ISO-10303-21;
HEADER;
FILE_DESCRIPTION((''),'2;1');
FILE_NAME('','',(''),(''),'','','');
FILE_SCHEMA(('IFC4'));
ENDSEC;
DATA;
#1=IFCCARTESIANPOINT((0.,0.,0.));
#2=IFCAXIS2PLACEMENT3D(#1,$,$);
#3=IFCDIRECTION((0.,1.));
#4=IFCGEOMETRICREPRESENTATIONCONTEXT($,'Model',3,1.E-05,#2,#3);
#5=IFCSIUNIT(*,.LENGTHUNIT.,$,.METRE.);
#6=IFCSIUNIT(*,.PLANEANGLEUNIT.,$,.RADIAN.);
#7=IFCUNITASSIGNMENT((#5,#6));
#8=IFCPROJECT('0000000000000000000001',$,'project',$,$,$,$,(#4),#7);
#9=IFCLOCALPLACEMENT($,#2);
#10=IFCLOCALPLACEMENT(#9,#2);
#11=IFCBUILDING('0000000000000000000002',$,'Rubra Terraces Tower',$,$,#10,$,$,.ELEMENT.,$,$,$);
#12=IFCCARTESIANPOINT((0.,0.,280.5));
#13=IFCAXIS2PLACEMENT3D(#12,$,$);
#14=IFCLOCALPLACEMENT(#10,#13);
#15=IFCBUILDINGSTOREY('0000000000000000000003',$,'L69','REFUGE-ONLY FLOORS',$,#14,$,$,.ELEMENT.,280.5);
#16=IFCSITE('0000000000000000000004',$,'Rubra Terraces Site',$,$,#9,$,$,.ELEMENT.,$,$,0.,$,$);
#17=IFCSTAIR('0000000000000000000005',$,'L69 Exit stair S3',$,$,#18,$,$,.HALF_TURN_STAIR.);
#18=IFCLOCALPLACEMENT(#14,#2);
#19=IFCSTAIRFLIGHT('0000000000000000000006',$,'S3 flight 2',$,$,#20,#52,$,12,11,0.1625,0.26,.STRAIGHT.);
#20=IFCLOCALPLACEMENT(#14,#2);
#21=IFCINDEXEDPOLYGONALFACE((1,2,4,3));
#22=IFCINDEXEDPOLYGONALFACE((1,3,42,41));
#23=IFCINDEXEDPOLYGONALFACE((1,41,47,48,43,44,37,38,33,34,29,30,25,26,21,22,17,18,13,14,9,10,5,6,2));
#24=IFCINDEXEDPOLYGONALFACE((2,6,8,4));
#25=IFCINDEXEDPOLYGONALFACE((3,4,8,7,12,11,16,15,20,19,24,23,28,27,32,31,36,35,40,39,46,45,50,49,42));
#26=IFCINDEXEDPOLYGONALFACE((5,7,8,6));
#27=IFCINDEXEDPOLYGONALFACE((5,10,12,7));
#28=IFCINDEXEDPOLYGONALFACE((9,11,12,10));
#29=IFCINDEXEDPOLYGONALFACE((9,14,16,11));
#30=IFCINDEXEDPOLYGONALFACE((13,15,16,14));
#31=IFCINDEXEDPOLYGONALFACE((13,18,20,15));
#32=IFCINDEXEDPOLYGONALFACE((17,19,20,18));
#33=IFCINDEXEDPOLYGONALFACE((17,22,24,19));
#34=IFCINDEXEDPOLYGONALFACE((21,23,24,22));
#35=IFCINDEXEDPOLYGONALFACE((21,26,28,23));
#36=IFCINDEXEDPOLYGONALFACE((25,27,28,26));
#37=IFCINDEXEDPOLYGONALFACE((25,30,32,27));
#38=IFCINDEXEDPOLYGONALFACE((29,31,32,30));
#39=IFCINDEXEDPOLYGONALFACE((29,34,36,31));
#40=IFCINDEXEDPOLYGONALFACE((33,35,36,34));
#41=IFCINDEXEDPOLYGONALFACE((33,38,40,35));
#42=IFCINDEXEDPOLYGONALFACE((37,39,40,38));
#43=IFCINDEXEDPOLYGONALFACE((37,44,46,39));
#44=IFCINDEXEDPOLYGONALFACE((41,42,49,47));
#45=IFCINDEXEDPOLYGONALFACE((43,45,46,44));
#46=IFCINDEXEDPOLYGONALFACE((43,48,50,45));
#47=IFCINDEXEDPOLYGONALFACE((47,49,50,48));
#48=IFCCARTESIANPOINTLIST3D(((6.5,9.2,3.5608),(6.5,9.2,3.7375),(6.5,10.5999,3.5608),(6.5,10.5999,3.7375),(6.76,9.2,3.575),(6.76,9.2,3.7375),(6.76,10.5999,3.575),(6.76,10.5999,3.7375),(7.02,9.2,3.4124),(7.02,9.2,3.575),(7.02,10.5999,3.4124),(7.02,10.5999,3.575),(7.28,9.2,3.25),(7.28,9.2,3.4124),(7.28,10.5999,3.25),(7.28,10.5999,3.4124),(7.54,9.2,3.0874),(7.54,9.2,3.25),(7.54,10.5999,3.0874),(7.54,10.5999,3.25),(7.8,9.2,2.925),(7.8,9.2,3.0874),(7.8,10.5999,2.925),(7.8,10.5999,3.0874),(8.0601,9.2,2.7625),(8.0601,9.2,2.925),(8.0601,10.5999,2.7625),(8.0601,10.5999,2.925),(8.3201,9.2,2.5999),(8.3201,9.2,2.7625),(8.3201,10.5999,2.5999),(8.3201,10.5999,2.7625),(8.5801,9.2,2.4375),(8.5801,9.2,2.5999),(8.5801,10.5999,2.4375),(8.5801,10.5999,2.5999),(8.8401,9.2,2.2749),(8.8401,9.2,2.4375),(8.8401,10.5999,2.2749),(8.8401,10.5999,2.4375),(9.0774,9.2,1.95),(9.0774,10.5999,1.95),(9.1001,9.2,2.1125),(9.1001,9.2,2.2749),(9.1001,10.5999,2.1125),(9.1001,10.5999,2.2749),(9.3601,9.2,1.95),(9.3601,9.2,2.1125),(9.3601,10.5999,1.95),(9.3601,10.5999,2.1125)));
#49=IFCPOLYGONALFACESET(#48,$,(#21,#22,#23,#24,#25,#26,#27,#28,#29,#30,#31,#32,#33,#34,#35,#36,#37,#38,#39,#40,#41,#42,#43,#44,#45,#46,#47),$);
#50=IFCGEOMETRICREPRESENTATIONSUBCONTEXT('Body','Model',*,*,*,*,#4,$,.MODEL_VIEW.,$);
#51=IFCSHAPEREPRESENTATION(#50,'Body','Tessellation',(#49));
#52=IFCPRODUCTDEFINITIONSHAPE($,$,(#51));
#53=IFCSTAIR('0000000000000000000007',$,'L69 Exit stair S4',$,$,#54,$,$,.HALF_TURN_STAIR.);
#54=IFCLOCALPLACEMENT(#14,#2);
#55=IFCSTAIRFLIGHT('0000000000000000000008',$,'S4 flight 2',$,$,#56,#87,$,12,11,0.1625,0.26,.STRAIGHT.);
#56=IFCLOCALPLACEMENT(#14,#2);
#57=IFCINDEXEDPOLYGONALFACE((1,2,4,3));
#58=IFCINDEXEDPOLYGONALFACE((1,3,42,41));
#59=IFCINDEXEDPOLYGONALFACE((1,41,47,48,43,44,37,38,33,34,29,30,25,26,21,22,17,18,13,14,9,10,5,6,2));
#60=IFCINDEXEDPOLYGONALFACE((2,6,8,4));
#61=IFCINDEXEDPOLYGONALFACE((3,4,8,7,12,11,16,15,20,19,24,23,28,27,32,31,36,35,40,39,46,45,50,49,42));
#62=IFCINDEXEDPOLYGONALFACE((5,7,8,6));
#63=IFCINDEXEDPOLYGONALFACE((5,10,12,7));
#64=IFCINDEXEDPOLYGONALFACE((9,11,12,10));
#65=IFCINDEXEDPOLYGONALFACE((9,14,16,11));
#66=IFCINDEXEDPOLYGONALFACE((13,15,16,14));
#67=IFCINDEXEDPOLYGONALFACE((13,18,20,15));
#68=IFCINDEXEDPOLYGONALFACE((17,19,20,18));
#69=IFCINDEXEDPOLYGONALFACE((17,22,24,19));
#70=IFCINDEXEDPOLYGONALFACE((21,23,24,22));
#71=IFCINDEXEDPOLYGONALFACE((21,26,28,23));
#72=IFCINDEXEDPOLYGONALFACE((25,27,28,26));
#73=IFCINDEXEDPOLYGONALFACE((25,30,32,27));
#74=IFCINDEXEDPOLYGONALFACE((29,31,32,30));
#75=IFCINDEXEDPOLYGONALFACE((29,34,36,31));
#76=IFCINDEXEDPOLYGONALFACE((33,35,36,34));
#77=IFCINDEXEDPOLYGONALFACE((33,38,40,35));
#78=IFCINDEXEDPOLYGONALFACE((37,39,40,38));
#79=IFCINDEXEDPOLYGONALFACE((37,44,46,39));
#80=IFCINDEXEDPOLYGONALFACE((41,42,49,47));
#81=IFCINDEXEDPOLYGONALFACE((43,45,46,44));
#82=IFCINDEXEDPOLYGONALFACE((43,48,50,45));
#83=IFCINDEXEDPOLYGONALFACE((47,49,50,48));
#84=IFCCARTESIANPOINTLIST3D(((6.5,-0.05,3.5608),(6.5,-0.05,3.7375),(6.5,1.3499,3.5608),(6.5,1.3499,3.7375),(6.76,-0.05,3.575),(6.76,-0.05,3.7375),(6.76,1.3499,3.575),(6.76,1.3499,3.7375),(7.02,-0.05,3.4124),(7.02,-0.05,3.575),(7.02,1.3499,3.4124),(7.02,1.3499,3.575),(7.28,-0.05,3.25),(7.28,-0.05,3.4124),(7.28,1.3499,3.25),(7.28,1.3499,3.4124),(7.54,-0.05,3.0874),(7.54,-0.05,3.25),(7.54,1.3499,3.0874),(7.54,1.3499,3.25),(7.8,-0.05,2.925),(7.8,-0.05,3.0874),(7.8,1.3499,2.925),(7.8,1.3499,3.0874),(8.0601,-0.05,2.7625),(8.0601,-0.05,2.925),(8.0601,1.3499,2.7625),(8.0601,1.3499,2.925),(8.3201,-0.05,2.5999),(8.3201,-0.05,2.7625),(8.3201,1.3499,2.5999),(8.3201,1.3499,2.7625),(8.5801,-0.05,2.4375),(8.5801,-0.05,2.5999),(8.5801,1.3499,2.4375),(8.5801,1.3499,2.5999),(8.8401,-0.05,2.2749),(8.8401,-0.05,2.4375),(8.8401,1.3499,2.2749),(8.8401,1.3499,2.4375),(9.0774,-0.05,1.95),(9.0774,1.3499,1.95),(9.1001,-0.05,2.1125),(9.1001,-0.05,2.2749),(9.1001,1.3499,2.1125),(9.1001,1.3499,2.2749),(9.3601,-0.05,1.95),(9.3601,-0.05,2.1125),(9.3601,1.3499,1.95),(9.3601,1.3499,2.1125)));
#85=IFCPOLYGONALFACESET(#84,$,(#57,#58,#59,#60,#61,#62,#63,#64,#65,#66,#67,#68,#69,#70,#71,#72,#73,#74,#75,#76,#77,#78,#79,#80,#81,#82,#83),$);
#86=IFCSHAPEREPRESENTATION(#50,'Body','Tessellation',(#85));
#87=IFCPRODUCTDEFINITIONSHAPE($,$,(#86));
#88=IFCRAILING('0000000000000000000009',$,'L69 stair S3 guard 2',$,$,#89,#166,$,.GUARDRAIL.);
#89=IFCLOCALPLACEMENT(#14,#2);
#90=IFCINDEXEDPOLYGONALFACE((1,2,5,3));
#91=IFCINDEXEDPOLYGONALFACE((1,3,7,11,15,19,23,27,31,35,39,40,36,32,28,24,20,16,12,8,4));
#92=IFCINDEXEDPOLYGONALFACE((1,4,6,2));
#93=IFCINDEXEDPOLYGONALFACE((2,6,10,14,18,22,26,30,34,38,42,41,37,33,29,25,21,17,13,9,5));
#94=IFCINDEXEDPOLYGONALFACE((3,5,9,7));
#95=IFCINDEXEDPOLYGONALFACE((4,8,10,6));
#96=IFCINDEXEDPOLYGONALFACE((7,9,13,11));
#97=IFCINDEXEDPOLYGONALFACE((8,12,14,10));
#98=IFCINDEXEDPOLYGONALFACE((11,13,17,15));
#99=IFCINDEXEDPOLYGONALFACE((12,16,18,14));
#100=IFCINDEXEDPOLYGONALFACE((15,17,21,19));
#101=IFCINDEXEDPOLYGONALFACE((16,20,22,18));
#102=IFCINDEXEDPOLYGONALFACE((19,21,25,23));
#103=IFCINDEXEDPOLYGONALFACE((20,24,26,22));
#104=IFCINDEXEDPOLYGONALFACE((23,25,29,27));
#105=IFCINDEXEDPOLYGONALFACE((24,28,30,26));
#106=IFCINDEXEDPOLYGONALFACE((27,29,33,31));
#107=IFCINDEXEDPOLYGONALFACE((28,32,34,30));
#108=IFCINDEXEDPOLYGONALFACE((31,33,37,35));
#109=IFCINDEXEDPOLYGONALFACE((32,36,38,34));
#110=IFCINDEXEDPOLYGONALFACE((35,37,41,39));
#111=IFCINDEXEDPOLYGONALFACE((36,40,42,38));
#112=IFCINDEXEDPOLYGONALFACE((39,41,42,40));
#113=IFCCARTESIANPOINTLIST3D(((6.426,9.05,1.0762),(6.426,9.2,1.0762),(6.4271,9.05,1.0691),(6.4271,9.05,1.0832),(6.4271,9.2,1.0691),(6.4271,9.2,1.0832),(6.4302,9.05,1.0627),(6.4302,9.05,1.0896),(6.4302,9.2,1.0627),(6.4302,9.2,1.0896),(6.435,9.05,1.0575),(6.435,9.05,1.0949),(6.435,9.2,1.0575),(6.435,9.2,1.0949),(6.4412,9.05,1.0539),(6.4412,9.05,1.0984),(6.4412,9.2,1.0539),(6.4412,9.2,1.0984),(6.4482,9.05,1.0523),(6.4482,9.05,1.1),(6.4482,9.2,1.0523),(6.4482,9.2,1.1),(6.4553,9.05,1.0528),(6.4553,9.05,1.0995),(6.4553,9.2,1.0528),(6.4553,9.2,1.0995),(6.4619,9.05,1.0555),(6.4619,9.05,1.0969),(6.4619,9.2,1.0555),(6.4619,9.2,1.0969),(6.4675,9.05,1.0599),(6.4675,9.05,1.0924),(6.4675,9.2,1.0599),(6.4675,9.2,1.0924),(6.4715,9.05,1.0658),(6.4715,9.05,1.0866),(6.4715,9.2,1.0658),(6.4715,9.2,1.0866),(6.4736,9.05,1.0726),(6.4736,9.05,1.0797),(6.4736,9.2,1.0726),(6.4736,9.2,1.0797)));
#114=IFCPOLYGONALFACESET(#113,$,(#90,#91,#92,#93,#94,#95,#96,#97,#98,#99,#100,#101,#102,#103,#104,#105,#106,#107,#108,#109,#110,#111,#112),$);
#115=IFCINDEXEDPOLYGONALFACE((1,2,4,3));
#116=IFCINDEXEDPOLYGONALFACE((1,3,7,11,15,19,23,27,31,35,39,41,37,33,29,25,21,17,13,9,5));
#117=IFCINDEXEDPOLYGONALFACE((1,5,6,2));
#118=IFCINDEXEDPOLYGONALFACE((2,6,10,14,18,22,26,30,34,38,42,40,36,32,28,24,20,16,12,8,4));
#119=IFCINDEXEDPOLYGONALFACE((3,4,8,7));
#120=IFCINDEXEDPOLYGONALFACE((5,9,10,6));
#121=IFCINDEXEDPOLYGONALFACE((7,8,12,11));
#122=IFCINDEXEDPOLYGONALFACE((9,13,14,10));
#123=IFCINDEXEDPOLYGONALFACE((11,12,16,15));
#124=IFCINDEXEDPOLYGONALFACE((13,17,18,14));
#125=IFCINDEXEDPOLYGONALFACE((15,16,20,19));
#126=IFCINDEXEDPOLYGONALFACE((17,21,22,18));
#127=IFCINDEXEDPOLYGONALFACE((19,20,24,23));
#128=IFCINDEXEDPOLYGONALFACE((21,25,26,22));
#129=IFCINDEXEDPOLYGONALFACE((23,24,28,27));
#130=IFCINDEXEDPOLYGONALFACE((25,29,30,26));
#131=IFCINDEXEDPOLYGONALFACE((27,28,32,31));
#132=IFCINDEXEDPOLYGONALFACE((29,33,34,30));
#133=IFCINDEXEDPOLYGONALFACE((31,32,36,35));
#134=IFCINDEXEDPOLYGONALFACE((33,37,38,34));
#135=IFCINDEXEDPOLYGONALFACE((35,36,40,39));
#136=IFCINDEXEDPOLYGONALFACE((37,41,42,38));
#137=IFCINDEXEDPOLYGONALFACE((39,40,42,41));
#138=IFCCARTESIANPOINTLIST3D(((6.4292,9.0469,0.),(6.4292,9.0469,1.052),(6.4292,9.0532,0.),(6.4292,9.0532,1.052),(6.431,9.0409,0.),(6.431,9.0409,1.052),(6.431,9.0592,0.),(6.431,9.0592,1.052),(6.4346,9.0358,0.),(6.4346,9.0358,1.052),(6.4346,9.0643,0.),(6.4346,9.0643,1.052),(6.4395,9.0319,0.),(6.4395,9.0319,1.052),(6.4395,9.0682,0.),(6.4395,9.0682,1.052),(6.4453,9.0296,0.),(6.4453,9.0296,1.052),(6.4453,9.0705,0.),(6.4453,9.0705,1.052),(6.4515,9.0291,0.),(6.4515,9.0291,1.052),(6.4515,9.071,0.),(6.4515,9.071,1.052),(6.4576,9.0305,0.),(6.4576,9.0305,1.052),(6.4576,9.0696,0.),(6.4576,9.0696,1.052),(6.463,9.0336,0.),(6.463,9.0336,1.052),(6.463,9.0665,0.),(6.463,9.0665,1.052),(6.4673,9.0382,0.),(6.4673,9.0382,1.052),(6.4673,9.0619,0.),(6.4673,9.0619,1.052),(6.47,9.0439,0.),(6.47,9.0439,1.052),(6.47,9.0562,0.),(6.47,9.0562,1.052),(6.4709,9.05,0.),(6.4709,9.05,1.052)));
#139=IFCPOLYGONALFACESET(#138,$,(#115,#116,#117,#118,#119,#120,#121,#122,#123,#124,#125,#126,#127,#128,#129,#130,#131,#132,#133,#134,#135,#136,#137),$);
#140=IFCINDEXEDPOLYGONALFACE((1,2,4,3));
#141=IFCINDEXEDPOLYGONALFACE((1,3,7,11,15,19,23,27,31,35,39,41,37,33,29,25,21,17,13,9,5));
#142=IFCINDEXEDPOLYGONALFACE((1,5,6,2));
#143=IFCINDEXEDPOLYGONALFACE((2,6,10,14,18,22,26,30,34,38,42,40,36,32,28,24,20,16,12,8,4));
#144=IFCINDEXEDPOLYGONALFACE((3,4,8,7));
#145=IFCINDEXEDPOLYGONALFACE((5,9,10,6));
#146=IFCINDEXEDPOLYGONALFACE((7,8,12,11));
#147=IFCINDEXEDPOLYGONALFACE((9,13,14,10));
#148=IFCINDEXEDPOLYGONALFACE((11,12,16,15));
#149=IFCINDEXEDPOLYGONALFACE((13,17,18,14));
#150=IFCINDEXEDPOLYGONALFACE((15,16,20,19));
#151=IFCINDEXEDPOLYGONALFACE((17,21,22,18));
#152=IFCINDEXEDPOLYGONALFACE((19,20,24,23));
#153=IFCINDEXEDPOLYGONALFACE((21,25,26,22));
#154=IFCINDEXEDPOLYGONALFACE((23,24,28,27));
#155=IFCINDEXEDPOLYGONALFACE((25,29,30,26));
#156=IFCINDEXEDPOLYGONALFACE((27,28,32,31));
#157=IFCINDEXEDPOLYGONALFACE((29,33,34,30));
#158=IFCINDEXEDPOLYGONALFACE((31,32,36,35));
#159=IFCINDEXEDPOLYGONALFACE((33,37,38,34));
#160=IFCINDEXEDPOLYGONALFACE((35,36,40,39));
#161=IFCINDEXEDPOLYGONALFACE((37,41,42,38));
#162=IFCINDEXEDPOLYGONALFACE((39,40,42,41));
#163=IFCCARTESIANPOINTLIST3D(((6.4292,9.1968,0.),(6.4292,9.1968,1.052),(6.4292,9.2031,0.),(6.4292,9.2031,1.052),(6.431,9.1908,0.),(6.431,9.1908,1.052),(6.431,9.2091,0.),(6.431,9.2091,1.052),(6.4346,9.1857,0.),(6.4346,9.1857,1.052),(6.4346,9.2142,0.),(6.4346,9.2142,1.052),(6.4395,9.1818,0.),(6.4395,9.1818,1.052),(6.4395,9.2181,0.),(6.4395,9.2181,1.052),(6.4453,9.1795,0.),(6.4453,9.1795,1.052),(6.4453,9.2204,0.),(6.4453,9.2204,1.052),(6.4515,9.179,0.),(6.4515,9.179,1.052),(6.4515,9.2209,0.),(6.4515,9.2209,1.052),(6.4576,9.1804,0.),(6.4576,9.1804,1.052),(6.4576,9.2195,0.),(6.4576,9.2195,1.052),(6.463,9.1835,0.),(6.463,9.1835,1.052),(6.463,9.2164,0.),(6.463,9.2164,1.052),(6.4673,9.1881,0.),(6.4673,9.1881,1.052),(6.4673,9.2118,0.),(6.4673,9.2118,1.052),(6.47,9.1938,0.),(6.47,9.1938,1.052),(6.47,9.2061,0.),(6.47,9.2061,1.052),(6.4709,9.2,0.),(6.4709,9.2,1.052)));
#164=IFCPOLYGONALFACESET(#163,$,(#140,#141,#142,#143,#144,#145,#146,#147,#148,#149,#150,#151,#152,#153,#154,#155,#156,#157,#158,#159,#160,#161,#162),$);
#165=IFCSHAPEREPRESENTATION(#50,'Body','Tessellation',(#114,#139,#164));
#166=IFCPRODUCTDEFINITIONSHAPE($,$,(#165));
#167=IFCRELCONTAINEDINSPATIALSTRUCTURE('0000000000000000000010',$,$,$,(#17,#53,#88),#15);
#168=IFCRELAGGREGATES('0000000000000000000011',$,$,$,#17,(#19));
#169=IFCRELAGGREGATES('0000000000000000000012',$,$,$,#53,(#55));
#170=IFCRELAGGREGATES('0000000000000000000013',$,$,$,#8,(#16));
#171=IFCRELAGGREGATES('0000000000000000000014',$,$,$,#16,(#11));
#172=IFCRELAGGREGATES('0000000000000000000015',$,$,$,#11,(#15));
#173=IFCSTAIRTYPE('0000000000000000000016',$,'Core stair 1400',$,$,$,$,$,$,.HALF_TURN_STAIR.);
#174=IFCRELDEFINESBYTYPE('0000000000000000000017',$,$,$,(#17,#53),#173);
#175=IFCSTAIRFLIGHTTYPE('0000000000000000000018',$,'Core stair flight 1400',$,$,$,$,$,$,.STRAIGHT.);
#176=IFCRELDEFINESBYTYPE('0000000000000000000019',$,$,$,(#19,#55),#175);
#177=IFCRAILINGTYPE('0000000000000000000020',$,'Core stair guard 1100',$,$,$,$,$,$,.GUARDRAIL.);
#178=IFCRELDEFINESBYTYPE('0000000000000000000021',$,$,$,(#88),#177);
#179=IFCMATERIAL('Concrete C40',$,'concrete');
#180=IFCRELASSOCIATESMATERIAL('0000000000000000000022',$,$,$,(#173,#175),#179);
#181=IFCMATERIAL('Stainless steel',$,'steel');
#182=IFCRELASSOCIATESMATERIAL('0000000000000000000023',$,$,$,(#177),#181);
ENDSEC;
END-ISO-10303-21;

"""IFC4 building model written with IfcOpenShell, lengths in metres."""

from ifc_helpers import new_model, si_unit, direction, frame, origin, origin_2d, place, context, subcontext, project, spatial, polyline, circle, outline, extrude, material, type_object, element, aggregate, save


model = new_model("IFC4")

# Units and contexts
model_context = context("Model", 3, precision=1e-05, world=origin(), true_north=direction((0.0, 1.0)))
body_context = subcontext(model_context, "Body", "Model", "MODEL_VIEW")
ifc_project = project(units=[si_unit("LENGTHUNIT", "METRE"), si_unit("PLANEANGLEUNIT", "RADIAN")], contexts=[model_context])

# Site, building, storey
site_placement = place(None, origin())
site = spatial("IfcSite", under=ifc_project, at=site_placement, Name="Rubra Terraces Site", CompositionType="ELEMENT", RefElevation=0.0)
building_placement = place(site_placement, origin())
building = spatial("IfcBuilding", under=site, at=building_placement, Name="Rubra Terraces Tower", CompositionType="ELEMENT")
storey_placement = place(building_placement, frame((0.0, 0.0, 280.5)))
storey = spatial("IfcBuildingStorey", under=building, at=storey_placement, Name="L69", Description="REFUGE-ONLY FLOORS", CompositionType="ELEMENT", Elevation=280.5)

# Shared definitions
ifc_material_1 = material(Name="Concrete C40", Category="concrete")

# Stair, stair flight
stair_type = type_object("IfcStairType", Name="Core stair 1400", PredefinedType="HALF_TURN_STAIR", material=ifc_material_1)
stair_1_placement = place(storey_placement, origin())
stair_1 = element("IfcStair", 1, at=stair_1_placement, inside=storey, type_object=stair_type, Name="L69 Exit stair S3", PredefinedType="HALF_TURN_STAIR")
stair_flight_type = type_object("IfcStairFlightType", Name="Core stair flight 1400", PredefinedType="STRAIGHT", material=ifc_material_1)
stair_flight_1_placement = place(storey_placement, frame((9.3601, 9.8999, 1.95), z_axis=(0.0, 0.0, 1.0), x_axis=(-1.0, 0.0, 0.0)))
stair_flight_1 = element("IfcStairFlight", 2, at=stair_flight_1_placement, type_object=stair_flight_type, Name="S3 flight 2", NumberOfRisers=12, NumberOfTreads=11, PredefinedType="STRAIGHT", RiserHeight=0.1625, TreadLength=0.26, context=body_context, shape_type="SweptSolid", body=[
    extrude(outline(polyline([(0.0, 0.0), (0.0, 0.1626), (0.26, 0.1626), (0.26, 0.325), (0.52, 0.325), (0.52, 0.4875), (0.78, 0.4875), (0.78, 0.6499), (1.04, 0.6499), (1.04, 0.8125), (1.3, 0.8125), (1.3, 0.9751), (1.5601, 0.9751), (1.5601, 1.1375), (1.8201, 1.1375), (1.8201, 1.3), (2.0801, 1.3), (2.0801, 1.4624), (2.3401, 1.4624), (2.3401, 1.625), (2.6001, 1.625), (2.6001, 1.7876), (2.8601, 1.7876), (2.8601, 1.95), (2.8601, 1.6108), (0.2827, 0.0), (0.0, 0.0)])), frame((0.0, 0.7, 0.0), z_axis=(0.0, -1.0, 0.0), x_axis=(1.0, 0.0, 0.0)), (0.0, 0.0, 1.0), 1.3999),
])
aggregate(stair_1, [stair_flight_1])

# Stair, stair flight
stair_2_placement = place(storey_placement, origin())
stair_2 = element("IfcStair", 3, at=stair_2_placement, inside=storey, type_object=stair_type, Name="L69 Exit stair S4", PredefinedType="HALF_TURN_STAIR")
stair_flight_2_placement = place(storey_placement, frame((9.3601, 0.6499, 1.95), z_axis=(0.0, 0.0, 1.0), x_axis=(-1.0, 0.0, 0.0)))
stair_flight_2 = element("IfcStairFlight", 4, at=stair_flight_2_placement, type_object=stair_flight_type, Name="S4 flight 2", NumberOfRisers=12, NumberOfTreads=11, PredefinedType="STRAIGHT", RiserHeight=0.1625, TreadLength=0.26, context=body_context, shape_type="SweptSolid", body=[
    extrude(outline(polyline([(0.0, 0.0), (0.0, 0.1626), (0.26, 0.1626), (0.26, 0.325), (0.52, 0.325), (0.52, 0.4875), (0.78, 0.4875), (0.78, 0.6499), (1.04, 0.6499), (1.04, 0.8125), (1.3, 0.8125), (1.3, 0.9751), (1.5601, 0.9751), (1.5601, 1.1375), (1.8201, 1.1375), (1.8201, 1.3), (2.0801, 1.3), (2.0801, 1.4624), (2.3401, 1.4624), (2.3401, 1.625), (2.6001, 1.625), (2.6001, 1.7876), (2.8601, 1.7876), (2.8601, 1.95), (2.8601, 1.6108), (0.2827, 0.0), (0.0, 0.0)])), frame((0.0, 0.7, 0.0), z_axis=(0.0, -1.0, 0.0), x_axis=(1.0, 0.0, 0.0)), (0.0, 0.0, 1.0), 1.3999),
])
aggregate(stair_2, [stair_flight_2])

# Railing
ifc_material_2 = material(Name="Stainless steel", Category="steel")
railing_type_1 = type_object("IfcRailingType", Name="Core stair guard 1100", PredefinedType="GUARDRAIL", material=ifc_material_2)
railing_1_placement = place(storey_placement, frame((6.45, 9.05, 0.0)))
element("IfcRailing", 5, at=railing_1_placement, inside=storey, type_object=railing_type_1, Name="L69 stair S3 guard 2", PredefinedType="GUARDRAIL", context=body_context, shape_type="SweptSolid", body=[
    extrude(circle(Radius=0.0239, at=origin_2d()), frame((0.0, 0.0, 1.0762), z_axis=(0.0, 1.0, 0.0), x_axis=(-1.0, 0.0, 0.0)), (0.0, 0.0, 1.0), 0.1499),
    extrude(circle(Radius=0.021, at=origin_2d()), origin(), (0.0, 0.0, 1.0), 1.052),
    extrude(circle(Radius=0.021, at=origin_2d()), frame((0.0, 0.1499, 0.0)), (0.0, 0.0, 1.0), 1.052),
])

save(model, "model.ifc")
